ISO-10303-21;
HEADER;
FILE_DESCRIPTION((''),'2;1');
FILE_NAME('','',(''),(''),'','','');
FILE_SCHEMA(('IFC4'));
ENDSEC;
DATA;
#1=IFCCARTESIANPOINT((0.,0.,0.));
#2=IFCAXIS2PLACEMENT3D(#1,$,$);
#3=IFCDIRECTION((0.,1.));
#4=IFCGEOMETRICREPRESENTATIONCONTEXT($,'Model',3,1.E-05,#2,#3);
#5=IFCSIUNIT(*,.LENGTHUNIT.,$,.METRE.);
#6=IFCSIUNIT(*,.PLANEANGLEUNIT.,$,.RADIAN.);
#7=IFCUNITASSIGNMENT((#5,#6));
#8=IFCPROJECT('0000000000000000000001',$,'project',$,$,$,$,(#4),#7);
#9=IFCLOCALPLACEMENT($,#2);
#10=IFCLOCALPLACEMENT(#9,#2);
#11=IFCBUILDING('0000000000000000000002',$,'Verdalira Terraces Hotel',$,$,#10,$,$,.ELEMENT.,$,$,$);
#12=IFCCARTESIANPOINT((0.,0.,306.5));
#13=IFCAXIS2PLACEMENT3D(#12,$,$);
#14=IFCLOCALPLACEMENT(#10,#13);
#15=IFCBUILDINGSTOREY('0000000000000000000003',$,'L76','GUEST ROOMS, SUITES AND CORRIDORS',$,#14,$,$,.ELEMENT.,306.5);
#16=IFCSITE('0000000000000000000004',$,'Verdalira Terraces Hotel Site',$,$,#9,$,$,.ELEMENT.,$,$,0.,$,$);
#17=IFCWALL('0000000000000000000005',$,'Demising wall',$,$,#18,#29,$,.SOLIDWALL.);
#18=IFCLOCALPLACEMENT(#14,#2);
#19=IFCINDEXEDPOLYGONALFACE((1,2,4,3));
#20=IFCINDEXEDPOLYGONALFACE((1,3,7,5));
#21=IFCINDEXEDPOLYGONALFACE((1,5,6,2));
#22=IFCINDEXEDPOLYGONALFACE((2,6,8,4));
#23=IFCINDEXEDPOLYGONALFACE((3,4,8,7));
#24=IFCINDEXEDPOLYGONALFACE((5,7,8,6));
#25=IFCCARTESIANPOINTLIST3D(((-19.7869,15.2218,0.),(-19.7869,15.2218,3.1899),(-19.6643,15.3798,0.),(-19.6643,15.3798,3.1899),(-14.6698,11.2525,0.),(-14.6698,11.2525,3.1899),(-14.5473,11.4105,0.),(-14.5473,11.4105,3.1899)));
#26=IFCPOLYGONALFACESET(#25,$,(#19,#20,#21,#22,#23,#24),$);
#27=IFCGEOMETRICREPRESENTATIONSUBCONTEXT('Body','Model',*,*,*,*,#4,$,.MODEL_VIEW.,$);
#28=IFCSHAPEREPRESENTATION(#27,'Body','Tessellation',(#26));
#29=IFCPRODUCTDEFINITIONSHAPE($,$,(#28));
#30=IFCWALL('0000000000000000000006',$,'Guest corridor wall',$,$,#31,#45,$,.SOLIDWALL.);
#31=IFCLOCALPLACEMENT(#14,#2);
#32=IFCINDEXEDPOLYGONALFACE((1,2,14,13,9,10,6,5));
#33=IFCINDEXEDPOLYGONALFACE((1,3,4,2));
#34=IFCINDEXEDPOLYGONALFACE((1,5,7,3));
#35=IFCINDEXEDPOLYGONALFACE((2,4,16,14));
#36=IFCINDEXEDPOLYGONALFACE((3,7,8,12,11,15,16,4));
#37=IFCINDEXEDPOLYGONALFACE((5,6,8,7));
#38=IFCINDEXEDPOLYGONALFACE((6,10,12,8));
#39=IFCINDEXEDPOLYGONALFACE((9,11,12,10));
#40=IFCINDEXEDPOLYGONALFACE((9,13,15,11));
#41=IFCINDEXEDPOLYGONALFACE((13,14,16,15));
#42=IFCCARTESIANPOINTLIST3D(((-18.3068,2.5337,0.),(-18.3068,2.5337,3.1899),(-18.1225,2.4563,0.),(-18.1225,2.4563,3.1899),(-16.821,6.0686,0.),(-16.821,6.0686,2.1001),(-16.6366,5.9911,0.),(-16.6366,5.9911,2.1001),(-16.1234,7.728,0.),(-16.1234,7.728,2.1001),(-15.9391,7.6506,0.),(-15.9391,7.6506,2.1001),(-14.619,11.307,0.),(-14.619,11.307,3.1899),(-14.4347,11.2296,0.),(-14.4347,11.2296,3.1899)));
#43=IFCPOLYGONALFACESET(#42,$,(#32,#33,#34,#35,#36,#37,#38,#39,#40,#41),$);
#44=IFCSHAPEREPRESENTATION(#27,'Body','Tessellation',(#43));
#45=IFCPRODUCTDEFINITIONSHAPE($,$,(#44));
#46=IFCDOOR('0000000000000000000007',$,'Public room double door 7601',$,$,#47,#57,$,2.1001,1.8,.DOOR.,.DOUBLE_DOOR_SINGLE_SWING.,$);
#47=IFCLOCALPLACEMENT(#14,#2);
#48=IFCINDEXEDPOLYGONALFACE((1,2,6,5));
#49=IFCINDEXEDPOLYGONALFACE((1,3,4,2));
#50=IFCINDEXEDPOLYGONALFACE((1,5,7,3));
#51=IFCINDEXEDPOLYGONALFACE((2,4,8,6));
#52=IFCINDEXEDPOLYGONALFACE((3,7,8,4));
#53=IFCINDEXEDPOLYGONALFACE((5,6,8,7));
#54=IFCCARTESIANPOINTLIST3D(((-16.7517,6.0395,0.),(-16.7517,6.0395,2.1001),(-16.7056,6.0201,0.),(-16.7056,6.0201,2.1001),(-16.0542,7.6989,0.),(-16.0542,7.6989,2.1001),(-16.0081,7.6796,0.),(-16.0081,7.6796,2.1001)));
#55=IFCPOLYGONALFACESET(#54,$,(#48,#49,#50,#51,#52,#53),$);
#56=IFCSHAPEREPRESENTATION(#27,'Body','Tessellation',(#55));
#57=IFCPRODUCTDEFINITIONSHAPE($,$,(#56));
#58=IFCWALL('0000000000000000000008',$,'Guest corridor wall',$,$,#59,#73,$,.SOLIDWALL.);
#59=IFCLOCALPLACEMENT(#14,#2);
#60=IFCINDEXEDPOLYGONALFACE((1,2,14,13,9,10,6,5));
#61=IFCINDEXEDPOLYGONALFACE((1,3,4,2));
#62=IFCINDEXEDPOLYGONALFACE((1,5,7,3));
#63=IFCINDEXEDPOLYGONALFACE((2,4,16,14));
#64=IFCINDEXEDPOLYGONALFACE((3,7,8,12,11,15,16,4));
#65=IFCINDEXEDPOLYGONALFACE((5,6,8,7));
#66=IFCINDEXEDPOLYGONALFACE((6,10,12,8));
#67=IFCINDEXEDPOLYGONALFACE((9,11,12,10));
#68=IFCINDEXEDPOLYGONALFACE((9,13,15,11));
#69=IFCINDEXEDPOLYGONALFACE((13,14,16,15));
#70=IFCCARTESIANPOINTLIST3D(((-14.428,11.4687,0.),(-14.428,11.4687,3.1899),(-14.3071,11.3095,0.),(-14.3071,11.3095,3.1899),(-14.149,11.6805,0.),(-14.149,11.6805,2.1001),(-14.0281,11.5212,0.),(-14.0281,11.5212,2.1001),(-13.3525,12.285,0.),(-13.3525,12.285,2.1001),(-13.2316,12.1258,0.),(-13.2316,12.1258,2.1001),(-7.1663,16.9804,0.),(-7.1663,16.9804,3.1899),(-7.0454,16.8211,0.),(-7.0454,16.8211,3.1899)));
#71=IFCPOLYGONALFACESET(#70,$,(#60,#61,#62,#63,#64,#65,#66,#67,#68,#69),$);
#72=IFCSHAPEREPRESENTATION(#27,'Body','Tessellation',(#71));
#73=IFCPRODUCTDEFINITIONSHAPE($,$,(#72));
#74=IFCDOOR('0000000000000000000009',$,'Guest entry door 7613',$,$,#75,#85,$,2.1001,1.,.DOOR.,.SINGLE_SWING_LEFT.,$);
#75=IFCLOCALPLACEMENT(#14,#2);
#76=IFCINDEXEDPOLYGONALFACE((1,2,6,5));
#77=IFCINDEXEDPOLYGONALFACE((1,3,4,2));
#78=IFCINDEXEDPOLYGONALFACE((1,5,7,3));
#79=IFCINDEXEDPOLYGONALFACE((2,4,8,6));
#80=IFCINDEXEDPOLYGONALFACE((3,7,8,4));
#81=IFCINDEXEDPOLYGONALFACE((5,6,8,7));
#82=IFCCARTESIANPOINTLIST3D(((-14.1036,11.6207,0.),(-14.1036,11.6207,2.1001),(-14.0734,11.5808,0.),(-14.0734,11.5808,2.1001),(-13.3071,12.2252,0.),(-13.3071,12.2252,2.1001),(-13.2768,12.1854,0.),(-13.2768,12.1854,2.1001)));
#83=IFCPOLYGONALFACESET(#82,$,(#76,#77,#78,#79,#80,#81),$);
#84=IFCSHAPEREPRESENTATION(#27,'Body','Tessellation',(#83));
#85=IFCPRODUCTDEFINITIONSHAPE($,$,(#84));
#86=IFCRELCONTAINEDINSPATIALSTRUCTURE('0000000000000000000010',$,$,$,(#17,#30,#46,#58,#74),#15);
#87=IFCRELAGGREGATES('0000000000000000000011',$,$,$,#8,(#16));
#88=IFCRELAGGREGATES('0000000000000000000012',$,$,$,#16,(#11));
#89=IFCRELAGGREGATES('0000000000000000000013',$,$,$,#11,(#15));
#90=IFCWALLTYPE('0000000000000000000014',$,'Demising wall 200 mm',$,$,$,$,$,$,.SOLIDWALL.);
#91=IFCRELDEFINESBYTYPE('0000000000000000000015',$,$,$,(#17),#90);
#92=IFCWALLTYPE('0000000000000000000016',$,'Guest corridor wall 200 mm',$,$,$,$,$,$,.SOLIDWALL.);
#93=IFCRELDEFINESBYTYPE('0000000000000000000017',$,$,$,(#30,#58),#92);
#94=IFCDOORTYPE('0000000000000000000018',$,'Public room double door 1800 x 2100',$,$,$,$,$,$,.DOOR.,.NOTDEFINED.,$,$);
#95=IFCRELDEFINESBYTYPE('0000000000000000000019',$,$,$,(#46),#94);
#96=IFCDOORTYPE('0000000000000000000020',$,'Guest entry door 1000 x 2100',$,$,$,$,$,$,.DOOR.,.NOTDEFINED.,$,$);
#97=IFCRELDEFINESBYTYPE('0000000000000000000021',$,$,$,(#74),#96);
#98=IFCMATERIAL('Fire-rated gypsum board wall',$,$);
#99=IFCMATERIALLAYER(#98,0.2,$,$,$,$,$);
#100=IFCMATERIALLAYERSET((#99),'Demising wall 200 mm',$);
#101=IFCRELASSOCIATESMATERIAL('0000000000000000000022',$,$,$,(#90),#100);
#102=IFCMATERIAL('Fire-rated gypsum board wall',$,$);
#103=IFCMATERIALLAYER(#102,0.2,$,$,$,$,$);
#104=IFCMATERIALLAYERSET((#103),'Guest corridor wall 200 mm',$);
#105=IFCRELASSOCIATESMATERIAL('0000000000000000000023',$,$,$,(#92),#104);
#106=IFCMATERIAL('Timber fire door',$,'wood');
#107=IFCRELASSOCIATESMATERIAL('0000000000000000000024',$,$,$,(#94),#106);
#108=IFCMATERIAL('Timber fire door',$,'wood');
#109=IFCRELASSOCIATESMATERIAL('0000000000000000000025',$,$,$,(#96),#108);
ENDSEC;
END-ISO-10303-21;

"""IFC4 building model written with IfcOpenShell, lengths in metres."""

from ifc_helpers import new_model, si_unit, direction, frame, frame_2d, origin, place, context, subcontext, project, spatial, rectangle, extrude, material, layer, layer_set, type_object, element, fill, save


model = new_model("IFC4")

# Units and contexts
model_context = context("Model", 3, precision=1e-05, world=origin(), true_north=direction((0.0, 1.0)))
body_context = subcontext(model_context, "Body", "Model", "MODEL_VIEW")
ifc_project = project(units=[si_unit("LENGTHUNIT", "METRE"), si_unit("PLANEANGLEUNIT", "RADIAN")], contexts=[model_context])

# Site, building, storey
site_placement = place(None, origin())
site = spatial("IfcSite", under=ifc_project, at=site_placement, Name="Verdalira Terraces Hotel Site", CompositionType="ELEMENT", RefElevation=0.0)
building_placement = place(site_placement, origin())
building = spatial("IfcBuilding", under=site, at=building_placement, Name="Verdalira Terraces Hotel", CompositionType="ELEMENT")
storey_placement = place(building_placement, frame((0.0, 0.0, 306.5)))
storey = spatial("IfcBuildingStorey", under=building, at=storey_placement, Name="L76", Description="GUEST ROOMS, SUITES AND CORRIDORS", CompositionType="ELEMENT", Elevation=306.5)

# Shared definitions
ifc_material_1 = material(Name="Fire-rated gypsum board wall")
ifc_layer_1 = layer(ifc_material_1, 0.2)
ifc_layer_set_1 = layer_set([ifc_layer_1], Name="Demising wall 200 mm")
wall_type_1 = type_object("IfcWallType", Name="Demising wall 200 mm", PredefinedType="SOLIDWALL", material=ifc_layer_set_1)

# Wall
wall_1_placement = place(storey_placement, frame((-19.7256, 15.3008, 0.0), z_axis=(0.0, 0.0, 1.0), x_axis=(0.790145, -0.61292, 0.0)))
element("IfcWall", 1, at=wall_1_placement, inside=storey, type_object=wall_type_1, Name="Demising wall", PredefinedType="SOLIDWALL", context=body_context, shape_type="SweptSolid", body=[
    extrude(rectangle(XDim=6.4761, YDim=0.2, at=frame_2d((3.238, 0.0))), origin(), (0.0, 0.0, 1.0), 3.1899),
])

# Walls, openings, doors
ifc_material_2 = material(Name="Fire-rated gypsum board wall")
ifc_layer_2 = layer(ifc_material_2, 0.2)
ifc_layer_set_2 = layer_set([ifc_layer_2], Name="Guest corridor wall 200 mm")
wall_type_2 = type_object("IfcWallType", Name="Guest corridor wall 200 mm", PredefinedType="SOLIDWALL", material=ifc_layer_set_2)
wall_2_placement = place(storey_placement, frame((-18.2146, 2.4951, 0.0), z_axis=(0.0, 0.0, 1.0), x_axis=(0.387501, 0.921869, 0.0)))
wall_2 = element("IfcWall", 2, at=wall_2_placement, inside=storey, type_object=wall_type_2, Name="Guest corridor wall", PredefinedType="SOLIDWALL", context=body_context, shape_type="SweptSolid", body=[
    extrude(rectangle(XDim=9.5168, YDim=0.2, at=frame_2d((4.7583, 0.0))), origin(), (0.0, 0.0, 1.0), 3.1899),
])
opening_1_placement = place(wall_2_placement, frame((3.8345, 0.0, 0.0)))
opening_1 = element("IfcOpeningElement", 3, at=opening_1_placement, cuts=wall_2, PredefinedType="OPENING", context=body_context, shape_type="SweptSolid", body=[
    extrude(rectangle(XDim=1.8, YDim=2.1001, at=frame_2d((0.8999, 1.05))), frame((0.0, 0.1099, 0.0), z_axis=(0.0, -1.0, 0.0), x_axis=(1.0, 0.0, 0.0)), (0.0, 0.0, 1.0), 0.22),
])
ifc_material_3 = material(Name="Timber fire door", Category="wood")
door_type_1 = type_object("IfcDoorType", Name="Public room double door 1800 x 2100", OperationType="NOTDEFINED", PredefinedType="DOOR", material=ifc_material_3)
door_1_placement = place(opening_1_placement, origin())
door_1 = element("IfcDoor", 4, at=door_1_placement, inside=storey, type_object=door_type_1, Name="Public room double door 7601", OperationType="DOUBLE_DOOR_SINGLE_SWING", OverallHeight=2.1001, OverallWidth=1.8, PredefinedType="DOOR", context=body_context, shape_type="SweptSolid", body=[
    extrude(rectangle(XDim=1.8, YDim=2.1001, at=frame_2d((0.8999, 1.05))), frame((0.0, 0.0249, 0.0), z_axis=(0.0, -1.0, 0.0), x_axis=(1.0, 0.0, 0.0)), (0.0, 0.0, 1.0), 0.05),
])
fill(opening_1, door_1)
wall_3_placement = place(storey_placement, frame((-14.3674, 11.3892, 0.0), z_axis=(0.0, 0.0, 1.0), x_axis=(0.796542, 0.604583, 0.0)))
wall_3 = element("IfcWall", 5, at=wall_3_placement, inside=storey, type_object=wall_type_2, Name="Guest corridor wall", PredefinedType="SOLIDWALL", context=body_context, shape_type="SweptSolid", body=[
    extrude(rectangle(XDim=9.1165, YDim=0.2, at=frame_2d((4.5581, 0.0))), origin(), (0.0, 0.0, 1.0), 3.1899),
])
opening_2_placement = place(wall_3_placement, frame((0.3501, 0.0, 0.0)))
opening_2 = element("IfcOpeningElement", 6, at=opening_2_placement, cuts=wall_3, PredefinedType="OPENING", context=body_context, shape_type="SweptSolid", body=[
    extrude(rectangle(XDim=1.0, YDim=2.1001, at=frame_2d((0.5, 1.05))), frame((0.0, 0.1099, 0.0), z_axis=(0.0, -1.0, 0.0), x_axis=(1.0, 0.0, 0.0)), (0.0, 0.0, 1.0), 0.22),
])
ifc_material_4 = material(Name="Timber fire door", Category="wood")
door_type_2 = type_object("IfcDoorType", Name="Guest entry door 1000 x 2100", OperationType="NOTDEFINED", PredefinedType="DOOR", material=ifc_material_4)
door_2_placement = place(opening_2_placement, origin())
door_2 = element("IfcDoor", 7, at=door_2_placement, inside=storey, type_object=door_type_2, Name="Guest entry door 7613", OperationType="SINGLE_SWING_LEFT", OverallHeight=2.1001, OverallWidth=1.0, PredefinedType="DOOR", context=body_context, shape_type="SweptSolid", body=[
    extrude(rectangle(XDim=1.0, YDim=2.1001, at=frame_2d((0.5, 1.05))), frame((0.0, 0.0249, 0.0), z_axis=(0.0, -1.0, 0.0), x_axis=(1.0, 0.0, 0.0)), (0.0, 0.0, 1.0), 0.05),
])
fill(opening_2, door_2)

save(model, "model.ifc")
